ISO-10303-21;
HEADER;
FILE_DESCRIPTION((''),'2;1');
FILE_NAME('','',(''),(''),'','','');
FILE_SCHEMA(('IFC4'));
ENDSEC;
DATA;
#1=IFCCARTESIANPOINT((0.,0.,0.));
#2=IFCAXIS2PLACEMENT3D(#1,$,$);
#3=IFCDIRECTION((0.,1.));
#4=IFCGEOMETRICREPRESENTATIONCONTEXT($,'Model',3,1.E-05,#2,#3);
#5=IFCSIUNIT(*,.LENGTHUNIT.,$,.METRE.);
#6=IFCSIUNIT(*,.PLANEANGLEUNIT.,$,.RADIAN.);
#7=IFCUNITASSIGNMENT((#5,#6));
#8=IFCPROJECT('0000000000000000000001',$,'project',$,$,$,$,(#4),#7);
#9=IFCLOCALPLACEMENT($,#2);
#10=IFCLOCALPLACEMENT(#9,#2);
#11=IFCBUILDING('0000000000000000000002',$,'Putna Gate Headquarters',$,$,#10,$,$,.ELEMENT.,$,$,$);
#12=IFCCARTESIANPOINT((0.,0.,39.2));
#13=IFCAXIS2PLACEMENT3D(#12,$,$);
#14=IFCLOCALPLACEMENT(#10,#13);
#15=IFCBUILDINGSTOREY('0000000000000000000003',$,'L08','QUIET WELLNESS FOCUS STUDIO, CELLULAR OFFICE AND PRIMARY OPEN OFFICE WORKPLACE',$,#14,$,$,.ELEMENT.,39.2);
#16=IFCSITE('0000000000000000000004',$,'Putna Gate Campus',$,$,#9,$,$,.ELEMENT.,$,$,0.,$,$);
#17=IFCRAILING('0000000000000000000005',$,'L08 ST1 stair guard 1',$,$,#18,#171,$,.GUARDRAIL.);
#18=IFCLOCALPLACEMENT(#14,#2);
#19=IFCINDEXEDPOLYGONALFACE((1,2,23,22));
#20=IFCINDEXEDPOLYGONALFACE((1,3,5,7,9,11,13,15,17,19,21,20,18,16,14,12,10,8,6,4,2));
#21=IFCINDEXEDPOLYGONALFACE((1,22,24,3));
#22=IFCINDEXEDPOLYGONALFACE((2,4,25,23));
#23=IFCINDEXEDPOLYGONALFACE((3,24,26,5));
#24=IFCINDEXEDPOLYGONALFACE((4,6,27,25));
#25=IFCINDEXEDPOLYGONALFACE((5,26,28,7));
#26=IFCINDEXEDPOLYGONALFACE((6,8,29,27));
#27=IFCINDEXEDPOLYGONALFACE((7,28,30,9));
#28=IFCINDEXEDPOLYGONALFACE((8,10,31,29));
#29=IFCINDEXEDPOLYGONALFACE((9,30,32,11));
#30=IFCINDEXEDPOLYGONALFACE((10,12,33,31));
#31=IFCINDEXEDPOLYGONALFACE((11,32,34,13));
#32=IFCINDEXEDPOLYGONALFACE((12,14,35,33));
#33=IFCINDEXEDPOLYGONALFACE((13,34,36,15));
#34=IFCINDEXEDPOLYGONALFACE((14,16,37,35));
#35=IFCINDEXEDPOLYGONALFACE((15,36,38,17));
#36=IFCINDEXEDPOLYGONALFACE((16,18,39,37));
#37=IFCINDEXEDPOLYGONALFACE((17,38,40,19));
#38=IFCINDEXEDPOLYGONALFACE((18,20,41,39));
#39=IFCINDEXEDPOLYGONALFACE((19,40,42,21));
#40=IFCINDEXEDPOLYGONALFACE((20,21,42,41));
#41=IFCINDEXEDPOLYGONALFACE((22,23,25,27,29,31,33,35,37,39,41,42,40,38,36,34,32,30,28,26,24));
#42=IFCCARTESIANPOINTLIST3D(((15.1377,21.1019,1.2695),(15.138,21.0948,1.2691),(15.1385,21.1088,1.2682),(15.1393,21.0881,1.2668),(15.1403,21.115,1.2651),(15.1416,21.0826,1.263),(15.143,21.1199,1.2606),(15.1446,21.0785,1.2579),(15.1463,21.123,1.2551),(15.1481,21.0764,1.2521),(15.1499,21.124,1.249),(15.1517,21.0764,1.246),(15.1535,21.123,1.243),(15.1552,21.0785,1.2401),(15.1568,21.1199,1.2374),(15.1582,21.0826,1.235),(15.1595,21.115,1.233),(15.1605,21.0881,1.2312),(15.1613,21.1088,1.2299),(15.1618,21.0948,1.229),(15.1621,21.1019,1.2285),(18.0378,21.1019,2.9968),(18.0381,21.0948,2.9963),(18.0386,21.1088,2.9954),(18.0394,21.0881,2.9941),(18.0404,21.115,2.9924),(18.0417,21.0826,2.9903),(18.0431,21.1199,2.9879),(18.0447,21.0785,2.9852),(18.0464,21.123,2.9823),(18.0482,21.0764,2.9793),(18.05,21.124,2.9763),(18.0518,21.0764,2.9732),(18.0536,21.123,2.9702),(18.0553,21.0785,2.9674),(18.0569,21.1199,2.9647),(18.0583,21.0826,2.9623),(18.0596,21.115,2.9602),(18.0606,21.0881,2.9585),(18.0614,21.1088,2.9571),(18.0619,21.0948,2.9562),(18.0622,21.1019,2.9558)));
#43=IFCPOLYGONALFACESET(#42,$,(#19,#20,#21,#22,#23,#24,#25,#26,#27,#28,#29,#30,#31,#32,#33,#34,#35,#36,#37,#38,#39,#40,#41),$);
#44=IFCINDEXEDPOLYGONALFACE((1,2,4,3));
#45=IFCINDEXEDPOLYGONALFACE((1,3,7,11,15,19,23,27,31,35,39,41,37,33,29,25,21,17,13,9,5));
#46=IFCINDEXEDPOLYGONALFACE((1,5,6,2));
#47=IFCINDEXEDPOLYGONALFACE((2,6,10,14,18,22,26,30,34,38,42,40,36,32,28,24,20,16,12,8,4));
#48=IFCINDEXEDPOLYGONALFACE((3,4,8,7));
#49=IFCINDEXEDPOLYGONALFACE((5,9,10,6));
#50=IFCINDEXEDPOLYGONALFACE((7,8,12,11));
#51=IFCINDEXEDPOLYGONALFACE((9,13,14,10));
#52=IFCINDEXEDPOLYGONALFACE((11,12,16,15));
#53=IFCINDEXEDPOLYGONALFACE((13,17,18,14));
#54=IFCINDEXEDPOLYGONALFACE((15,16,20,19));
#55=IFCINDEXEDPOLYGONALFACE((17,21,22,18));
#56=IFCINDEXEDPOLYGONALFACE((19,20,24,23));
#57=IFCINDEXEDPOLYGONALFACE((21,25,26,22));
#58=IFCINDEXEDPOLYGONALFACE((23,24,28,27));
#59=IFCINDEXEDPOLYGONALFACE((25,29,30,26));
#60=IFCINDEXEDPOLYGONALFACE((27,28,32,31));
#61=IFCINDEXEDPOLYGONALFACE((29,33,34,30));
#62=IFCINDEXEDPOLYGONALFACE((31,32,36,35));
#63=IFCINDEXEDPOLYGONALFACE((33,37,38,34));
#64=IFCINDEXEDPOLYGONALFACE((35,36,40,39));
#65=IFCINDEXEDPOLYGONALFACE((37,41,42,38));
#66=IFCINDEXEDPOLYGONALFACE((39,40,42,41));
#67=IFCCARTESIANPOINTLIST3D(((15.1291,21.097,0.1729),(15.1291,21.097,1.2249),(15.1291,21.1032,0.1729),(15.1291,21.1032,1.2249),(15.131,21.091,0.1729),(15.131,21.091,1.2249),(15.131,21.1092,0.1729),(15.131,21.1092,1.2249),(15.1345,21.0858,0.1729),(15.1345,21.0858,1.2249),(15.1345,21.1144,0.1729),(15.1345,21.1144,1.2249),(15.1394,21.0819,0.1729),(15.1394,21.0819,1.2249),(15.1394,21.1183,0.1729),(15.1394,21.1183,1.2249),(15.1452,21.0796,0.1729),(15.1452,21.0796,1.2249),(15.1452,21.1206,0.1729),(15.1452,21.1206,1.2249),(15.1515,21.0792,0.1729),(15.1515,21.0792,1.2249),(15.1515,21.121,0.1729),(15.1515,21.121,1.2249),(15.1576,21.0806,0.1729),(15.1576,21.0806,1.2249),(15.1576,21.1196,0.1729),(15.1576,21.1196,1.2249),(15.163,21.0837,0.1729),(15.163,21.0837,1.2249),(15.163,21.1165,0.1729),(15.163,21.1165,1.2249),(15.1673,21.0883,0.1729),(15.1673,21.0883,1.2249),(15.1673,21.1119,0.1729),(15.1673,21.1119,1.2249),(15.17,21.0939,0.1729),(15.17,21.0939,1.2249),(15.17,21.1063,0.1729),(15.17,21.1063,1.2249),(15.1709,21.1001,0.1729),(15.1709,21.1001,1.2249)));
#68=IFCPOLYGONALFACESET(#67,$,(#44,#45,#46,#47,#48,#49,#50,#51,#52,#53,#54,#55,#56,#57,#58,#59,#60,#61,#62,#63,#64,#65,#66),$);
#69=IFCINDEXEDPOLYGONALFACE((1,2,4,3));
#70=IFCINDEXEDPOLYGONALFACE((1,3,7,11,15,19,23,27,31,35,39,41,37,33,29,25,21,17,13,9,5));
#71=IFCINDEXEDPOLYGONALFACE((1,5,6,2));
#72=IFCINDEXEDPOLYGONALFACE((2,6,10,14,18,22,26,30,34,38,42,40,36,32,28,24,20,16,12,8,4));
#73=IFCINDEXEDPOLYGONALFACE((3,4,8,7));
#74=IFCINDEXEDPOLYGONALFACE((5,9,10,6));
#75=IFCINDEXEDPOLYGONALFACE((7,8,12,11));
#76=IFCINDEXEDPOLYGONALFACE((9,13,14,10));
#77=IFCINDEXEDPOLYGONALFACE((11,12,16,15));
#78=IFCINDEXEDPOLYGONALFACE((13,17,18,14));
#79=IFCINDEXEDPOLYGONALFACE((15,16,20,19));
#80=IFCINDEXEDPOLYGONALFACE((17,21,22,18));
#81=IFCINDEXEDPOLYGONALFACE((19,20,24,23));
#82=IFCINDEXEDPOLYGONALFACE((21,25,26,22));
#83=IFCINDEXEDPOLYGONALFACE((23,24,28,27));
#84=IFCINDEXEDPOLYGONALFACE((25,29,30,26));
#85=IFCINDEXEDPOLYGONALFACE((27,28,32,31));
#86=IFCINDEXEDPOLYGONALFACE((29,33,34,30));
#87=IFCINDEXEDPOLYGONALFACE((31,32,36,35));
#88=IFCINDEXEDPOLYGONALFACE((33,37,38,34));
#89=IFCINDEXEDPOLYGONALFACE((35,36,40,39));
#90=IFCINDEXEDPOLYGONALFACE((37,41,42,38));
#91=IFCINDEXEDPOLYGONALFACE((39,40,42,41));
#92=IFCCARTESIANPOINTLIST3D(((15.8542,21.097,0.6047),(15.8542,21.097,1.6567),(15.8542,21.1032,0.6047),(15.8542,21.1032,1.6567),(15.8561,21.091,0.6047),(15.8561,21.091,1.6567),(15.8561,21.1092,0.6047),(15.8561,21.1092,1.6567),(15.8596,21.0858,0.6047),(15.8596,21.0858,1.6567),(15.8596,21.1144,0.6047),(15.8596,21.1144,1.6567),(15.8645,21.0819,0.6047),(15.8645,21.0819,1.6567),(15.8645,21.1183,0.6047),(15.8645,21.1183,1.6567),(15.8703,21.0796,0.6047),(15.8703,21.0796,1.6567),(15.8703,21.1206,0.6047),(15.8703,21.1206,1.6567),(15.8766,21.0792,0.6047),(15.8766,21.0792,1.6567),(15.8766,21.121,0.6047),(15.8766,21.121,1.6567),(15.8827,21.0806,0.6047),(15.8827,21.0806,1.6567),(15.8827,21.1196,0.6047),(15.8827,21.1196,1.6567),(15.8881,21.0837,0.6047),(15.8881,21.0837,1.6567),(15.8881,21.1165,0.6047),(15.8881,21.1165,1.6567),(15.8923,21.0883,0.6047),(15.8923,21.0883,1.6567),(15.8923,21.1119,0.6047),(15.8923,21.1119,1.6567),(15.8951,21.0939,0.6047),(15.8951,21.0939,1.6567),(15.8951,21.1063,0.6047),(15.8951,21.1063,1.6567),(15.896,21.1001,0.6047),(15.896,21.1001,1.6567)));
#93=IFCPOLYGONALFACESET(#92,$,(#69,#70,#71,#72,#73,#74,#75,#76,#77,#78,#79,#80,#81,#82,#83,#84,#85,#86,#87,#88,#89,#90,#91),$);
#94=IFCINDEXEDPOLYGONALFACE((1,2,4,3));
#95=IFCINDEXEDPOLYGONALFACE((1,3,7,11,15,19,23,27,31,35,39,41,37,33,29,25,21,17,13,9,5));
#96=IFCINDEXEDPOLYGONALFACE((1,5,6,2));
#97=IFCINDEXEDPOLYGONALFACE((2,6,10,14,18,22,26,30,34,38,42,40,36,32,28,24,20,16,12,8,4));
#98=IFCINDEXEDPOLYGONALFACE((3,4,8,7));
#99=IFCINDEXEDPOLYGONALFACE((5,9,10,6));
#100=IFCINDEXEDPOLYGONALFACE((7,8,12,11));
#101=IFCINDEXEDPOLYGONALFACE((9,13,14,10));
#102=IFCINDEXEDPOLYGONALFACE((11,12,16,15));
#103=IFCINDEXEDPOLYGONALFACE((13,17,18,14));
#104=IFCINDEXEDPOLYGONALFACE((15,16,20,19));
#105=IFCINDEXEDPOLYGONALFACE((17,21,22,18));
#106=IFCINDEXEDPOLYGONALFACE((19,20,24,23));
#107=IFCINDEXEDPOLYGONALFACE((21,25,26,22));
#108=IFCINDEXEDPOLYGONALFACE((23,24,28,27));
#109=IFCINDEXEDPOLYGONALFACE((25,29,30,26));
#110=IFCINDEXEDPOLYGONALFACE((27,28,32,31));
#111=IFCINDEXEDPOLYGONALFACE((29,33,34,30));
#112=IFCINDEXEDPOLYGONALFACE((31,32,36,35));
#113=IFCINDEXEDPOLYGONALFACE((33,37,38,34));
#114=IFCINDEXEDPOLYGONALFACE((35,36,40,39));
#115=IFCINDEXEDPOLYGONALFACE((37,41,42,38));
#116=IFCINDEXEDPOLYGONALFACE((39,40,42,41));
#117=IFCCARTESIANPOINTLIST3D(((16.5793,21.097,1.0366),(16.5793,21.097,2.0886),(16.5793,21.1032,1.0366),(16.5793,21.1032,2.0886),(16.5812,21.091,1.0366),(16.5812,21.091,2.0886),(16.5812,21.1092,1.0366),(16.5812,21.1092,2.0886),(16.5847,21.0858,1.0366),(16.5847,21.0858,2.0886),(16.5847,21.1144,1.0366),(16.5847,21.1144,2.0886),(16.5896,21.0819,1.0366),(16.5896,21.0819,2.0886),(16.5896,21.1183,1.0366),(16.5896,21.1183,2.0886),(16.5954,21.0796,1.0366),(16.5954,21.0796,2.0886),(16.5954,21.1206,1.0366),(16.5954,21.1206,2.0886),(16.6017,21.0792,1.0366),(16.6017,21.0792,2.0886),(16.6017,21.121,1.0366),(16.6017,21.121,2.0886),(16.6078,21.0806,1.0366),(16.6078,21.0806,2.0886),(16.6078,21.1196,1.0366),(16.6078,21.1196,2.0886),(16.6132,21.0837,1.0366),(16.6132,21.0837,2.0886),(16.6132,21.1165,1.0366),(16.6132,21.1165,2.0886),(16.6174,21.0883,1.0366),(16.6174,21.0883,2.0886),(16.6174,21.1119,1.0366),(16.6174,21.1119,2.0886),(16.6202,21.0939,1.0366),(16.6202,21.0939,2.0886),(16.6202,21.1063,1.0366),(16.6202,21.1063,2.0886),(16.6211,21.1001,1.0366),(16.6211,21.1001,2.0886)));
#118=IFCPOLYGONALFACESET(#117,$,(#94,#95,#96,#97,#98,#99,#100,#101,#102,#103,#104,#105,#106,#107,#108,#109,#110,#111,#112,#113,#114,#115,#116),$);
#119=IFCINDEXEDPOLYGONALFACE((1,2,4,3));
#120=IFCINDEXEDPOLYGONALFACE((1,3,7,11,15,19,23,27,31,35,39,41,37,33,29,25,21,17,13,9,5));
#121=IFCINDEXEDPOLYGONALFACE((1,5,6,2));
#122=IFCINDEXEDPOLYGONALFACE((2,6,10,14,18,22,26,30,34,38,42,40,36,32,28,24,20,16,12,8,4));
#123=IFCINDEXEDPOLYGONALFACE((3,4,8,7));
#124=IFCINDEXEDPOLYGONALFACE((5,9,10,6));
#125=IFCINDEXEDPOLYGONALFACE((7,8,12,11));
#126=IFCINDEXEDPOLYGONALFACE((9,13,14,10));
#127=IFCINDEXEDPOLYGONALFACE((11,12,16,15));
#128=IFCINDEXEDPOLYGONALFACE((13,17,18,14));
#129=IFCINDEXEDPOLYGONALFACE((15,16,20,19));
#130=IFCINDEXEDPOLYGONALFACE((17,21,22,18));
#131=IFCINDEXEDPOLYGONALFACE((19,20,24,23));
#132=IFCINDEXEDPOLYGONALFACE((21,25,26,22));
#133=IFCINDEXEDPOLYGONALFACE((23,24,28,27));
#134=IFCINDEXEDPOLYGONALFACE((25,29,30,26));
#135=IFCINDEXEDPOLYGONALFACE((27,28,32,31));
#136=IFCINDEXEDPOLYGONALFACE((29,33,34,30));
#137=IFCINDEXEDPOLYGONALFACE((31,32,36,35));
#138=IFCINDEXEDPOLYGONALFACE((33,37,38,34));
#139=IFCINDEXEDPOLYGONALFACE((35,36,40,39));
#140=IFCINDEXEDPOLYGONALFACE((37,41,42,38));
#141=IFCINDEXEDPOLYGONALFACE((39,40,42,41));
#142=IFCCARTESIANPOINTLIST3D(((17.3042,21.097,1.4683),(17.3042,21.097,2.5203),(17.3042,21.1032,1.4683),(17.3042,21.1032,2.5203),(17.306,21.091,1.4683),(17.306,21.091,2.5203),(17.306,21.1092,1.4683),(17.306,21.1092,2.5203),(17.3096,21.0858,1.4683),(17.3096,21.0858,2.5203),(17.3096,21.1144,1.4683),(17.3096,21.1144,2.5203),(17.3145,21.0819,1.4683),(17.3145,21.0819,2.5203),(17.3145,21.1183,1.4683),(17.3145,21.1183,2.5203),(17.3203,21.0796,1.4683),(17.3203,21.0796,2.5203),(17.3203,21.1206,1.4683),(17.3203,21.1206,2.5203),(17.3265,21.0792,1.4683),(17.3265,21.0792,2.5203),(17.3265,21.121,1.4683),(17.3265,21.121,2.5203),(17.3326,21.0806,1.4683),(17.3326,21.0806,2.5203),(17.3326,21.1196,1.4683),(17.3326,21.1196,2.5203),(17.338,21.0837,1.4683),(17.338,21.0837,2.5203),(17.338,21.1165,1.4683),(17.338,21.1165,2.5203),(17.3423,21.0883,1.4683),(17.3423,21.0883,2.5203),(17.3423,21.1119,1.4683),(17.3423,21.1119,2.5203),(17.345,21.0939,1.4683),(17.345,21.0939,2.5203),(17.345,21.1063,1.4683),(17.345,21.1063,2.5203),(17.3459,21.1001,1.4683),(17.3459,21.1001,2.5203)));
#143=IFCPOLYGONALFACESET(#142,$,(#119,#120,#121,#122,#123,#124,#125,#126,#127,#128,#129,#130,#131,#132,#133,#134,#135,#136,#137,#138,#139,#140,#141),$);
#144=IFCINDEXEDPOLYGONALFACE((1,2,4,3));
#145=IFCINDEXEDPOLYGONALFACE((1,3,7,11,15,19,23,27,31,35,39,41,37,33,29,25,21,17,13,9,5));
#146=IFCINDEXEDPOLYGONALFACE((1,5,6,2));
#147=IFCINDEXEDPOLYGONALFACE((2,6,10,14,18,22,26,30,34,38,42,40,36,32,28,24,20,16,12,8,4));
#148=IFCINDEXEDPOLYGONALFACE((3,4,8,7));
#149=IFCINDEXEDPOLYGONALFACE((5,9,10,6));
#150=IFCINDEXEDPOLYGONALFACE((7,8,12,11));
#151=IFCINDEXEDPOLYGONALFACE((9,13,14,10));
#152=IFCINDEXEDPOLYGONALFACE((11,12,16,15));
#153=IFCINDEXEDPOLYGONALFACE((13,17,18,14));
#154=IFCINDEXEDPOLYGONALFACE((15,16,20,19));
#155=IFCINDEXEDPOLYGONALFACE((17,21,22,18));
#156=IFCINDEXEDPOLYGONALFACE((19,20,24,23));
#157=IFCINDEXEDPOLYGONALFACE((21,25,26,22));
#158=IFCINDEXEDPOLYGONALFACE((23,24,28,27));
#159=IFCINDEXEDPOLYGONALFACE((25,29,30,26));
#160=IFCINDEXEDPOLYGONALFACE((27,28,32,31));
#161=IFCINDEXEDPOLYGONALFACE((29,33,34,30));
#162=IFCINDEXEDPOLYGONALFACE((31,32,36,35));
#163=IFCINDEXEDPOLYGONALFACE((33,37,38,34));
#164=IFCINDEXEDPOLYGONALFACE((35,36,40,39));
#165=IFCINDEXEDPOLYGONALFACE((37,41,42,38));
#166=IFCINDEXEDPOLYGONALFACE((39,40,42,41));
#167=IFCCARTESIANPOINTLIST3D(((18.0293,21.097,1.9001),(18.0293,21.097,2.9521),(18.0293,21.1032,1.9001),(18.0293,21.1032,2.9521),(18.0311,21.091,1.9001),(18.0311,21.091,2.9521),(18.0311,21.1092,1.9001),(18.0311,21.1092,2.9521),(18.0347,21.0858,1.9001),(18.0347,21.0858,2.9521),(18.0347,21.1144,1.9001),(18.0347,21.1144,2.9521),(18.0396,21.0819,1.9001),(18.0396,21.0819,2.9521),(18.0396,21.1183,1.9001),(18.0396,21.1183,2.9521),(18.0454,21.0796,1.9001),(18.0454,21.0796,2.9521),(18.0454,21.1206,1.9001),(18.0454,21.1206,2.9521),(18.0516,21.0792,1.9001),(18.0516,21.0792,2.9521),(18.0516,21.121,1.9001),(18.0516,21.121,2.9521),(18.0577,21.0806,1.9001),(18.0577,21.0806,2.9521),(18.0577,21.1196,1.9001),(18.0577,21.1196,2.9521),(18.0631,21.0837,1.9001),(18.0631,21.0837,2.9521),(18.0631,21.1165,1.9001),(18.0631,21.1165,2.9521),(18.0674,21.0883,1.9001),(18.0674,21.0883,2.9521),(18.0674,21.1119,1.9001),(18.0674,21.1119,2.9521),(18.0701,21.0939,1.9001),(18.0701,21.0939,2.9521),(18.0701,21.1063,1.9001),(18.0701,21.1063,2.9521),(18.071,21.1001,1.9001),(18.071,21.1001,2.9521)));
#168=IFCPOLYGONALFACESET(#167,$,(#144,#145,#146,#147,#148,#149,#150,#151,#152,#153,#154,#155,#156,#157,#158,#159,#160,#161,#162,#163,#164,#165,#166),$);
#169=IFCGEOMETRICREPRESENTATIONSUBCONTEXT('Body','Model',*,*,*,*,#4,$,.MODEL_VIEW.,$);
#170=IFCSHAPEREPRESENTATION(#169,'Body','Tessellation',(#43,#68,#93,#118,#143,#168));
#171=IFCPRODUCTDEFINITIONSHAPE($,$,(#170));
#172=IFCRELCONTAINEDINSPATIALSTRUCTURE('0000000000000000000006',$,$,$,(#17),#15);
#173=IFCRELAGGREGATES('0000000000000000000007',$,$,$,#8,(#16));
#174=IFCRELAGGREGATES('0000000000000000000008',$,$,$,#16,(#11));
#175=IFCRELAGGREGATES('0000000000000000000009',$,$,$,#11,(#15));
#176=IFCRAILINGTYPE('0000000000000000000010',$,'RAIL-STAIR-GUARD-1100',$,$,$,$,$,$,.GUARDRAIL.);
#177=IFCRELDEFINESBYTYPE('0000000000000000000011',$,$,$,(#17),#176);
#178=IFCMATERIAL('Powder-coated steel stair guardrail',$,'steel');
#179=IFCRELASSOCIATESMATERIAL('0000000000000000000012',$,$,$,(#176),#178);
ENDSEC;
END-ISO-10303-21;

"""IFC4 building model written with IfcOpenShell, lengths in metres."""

from ifc_helpers import new_model, si_unit, direction, frame, origin, origin_2d, place, context, subcontext, project, spatial, circle, extrude, material, type_object, element, save


model = new_model("IFC4")

# Units and contexts
model_context = context("Model", 3, precision=1e-05, world=origin(), true_north=direction((0.0, 1.0)))
body_context = subcontext(model_context, "Body", "Model", "MODEL_VIEW")
ifc_project = project(units=[si_unit("LENGTHUNIT", "METRE"), si_unit("PLANEANGLEUNIT", "RADIAN")], contexts=[model_context])

# Site, building, storey
site_placement = place(None, origin())
site = spatial("IfcSite", under=ifc_project, at=site_placement, Name="Putna Gate Campus", CompositionType="ELEMENT", RefElevation=0.0)
building_placement = place(site_placement, origin())
building = spatial("IfcBuilding", under=site, at=building_placement, Name="Putna Gate Headquarters", CompositionType="ELEMENT")
storey_placement = place(building_placement, frame((0.0, 0.0, 39.2)))
storey = spatial("IfcBuildingStorey", under=building, at=storey_placement, Name="L08", Description="QUIET WELLNESS FOCUS STUDIO, CELLULAR OFFICE AND PRIMARY OPEN OFFICE WORKPLACE", CompositionType="ELEMENT", Elevation=39.2)

# Railing
ifc_material_1 = material(Name="Powder-coated steel stair guardrail", Category="steel")
railing_type_1 = type_object("IfcRailingType", Name="RAIL-STAIR-GUARD-1100", PredefinedType="GUARDRAIL", material=ifc_material_1)
railing_1_placement = place(storey_placement, frame((15.1499, 21.1001, 0.1729)))
element("IfcRailing", 1, at=railing_1_placement, inside=storey, type_object=railing_type_1, Name="L08 ST1 stair guard 1", PredefinedType="GUARDRAIL", context=body_context, shape_type="SweptSolid", body=[
    extrude(circle(Radius=0.0239, at=origin_2d()), frame((0.0, 0.0, 1.0762), z_axis=(0.85916, 0.0, 0.511706), x_axis=(0.0, 1.0, 0.0)), (0.0, 0.0, 1.0), 3.3755),
    extrude(circle(Radius=0.021, at=origin_2d()), origin(), (0.0, 0.0, 1.0), 1.052),
    extrude(circle(Radius=0.021, at=origin_2d()), frame((0.7251, 0.0, 0.4319)), (0.0, 0.0, 1.0), 1.052),
    extrude(circle(Radius=0.021, at=origin_2d()), frame((1.4502, 0.0, 0.8638)), (0.0, 0.0, 1.0), 1.052),
    extrude(circle(Radius=0.021, at=origin_2d()), frame((2.175, 0.0, 1.2954)), (0.0, 0.0, 1.0), 1.052),
    extrude(circle(Radius=0.021, at=origin_2d()), frame((2.9001, 0.0, 1.7273)), (0.0, 0.0, 1.0), 1.052),
])

save(model, "model.ifc")
